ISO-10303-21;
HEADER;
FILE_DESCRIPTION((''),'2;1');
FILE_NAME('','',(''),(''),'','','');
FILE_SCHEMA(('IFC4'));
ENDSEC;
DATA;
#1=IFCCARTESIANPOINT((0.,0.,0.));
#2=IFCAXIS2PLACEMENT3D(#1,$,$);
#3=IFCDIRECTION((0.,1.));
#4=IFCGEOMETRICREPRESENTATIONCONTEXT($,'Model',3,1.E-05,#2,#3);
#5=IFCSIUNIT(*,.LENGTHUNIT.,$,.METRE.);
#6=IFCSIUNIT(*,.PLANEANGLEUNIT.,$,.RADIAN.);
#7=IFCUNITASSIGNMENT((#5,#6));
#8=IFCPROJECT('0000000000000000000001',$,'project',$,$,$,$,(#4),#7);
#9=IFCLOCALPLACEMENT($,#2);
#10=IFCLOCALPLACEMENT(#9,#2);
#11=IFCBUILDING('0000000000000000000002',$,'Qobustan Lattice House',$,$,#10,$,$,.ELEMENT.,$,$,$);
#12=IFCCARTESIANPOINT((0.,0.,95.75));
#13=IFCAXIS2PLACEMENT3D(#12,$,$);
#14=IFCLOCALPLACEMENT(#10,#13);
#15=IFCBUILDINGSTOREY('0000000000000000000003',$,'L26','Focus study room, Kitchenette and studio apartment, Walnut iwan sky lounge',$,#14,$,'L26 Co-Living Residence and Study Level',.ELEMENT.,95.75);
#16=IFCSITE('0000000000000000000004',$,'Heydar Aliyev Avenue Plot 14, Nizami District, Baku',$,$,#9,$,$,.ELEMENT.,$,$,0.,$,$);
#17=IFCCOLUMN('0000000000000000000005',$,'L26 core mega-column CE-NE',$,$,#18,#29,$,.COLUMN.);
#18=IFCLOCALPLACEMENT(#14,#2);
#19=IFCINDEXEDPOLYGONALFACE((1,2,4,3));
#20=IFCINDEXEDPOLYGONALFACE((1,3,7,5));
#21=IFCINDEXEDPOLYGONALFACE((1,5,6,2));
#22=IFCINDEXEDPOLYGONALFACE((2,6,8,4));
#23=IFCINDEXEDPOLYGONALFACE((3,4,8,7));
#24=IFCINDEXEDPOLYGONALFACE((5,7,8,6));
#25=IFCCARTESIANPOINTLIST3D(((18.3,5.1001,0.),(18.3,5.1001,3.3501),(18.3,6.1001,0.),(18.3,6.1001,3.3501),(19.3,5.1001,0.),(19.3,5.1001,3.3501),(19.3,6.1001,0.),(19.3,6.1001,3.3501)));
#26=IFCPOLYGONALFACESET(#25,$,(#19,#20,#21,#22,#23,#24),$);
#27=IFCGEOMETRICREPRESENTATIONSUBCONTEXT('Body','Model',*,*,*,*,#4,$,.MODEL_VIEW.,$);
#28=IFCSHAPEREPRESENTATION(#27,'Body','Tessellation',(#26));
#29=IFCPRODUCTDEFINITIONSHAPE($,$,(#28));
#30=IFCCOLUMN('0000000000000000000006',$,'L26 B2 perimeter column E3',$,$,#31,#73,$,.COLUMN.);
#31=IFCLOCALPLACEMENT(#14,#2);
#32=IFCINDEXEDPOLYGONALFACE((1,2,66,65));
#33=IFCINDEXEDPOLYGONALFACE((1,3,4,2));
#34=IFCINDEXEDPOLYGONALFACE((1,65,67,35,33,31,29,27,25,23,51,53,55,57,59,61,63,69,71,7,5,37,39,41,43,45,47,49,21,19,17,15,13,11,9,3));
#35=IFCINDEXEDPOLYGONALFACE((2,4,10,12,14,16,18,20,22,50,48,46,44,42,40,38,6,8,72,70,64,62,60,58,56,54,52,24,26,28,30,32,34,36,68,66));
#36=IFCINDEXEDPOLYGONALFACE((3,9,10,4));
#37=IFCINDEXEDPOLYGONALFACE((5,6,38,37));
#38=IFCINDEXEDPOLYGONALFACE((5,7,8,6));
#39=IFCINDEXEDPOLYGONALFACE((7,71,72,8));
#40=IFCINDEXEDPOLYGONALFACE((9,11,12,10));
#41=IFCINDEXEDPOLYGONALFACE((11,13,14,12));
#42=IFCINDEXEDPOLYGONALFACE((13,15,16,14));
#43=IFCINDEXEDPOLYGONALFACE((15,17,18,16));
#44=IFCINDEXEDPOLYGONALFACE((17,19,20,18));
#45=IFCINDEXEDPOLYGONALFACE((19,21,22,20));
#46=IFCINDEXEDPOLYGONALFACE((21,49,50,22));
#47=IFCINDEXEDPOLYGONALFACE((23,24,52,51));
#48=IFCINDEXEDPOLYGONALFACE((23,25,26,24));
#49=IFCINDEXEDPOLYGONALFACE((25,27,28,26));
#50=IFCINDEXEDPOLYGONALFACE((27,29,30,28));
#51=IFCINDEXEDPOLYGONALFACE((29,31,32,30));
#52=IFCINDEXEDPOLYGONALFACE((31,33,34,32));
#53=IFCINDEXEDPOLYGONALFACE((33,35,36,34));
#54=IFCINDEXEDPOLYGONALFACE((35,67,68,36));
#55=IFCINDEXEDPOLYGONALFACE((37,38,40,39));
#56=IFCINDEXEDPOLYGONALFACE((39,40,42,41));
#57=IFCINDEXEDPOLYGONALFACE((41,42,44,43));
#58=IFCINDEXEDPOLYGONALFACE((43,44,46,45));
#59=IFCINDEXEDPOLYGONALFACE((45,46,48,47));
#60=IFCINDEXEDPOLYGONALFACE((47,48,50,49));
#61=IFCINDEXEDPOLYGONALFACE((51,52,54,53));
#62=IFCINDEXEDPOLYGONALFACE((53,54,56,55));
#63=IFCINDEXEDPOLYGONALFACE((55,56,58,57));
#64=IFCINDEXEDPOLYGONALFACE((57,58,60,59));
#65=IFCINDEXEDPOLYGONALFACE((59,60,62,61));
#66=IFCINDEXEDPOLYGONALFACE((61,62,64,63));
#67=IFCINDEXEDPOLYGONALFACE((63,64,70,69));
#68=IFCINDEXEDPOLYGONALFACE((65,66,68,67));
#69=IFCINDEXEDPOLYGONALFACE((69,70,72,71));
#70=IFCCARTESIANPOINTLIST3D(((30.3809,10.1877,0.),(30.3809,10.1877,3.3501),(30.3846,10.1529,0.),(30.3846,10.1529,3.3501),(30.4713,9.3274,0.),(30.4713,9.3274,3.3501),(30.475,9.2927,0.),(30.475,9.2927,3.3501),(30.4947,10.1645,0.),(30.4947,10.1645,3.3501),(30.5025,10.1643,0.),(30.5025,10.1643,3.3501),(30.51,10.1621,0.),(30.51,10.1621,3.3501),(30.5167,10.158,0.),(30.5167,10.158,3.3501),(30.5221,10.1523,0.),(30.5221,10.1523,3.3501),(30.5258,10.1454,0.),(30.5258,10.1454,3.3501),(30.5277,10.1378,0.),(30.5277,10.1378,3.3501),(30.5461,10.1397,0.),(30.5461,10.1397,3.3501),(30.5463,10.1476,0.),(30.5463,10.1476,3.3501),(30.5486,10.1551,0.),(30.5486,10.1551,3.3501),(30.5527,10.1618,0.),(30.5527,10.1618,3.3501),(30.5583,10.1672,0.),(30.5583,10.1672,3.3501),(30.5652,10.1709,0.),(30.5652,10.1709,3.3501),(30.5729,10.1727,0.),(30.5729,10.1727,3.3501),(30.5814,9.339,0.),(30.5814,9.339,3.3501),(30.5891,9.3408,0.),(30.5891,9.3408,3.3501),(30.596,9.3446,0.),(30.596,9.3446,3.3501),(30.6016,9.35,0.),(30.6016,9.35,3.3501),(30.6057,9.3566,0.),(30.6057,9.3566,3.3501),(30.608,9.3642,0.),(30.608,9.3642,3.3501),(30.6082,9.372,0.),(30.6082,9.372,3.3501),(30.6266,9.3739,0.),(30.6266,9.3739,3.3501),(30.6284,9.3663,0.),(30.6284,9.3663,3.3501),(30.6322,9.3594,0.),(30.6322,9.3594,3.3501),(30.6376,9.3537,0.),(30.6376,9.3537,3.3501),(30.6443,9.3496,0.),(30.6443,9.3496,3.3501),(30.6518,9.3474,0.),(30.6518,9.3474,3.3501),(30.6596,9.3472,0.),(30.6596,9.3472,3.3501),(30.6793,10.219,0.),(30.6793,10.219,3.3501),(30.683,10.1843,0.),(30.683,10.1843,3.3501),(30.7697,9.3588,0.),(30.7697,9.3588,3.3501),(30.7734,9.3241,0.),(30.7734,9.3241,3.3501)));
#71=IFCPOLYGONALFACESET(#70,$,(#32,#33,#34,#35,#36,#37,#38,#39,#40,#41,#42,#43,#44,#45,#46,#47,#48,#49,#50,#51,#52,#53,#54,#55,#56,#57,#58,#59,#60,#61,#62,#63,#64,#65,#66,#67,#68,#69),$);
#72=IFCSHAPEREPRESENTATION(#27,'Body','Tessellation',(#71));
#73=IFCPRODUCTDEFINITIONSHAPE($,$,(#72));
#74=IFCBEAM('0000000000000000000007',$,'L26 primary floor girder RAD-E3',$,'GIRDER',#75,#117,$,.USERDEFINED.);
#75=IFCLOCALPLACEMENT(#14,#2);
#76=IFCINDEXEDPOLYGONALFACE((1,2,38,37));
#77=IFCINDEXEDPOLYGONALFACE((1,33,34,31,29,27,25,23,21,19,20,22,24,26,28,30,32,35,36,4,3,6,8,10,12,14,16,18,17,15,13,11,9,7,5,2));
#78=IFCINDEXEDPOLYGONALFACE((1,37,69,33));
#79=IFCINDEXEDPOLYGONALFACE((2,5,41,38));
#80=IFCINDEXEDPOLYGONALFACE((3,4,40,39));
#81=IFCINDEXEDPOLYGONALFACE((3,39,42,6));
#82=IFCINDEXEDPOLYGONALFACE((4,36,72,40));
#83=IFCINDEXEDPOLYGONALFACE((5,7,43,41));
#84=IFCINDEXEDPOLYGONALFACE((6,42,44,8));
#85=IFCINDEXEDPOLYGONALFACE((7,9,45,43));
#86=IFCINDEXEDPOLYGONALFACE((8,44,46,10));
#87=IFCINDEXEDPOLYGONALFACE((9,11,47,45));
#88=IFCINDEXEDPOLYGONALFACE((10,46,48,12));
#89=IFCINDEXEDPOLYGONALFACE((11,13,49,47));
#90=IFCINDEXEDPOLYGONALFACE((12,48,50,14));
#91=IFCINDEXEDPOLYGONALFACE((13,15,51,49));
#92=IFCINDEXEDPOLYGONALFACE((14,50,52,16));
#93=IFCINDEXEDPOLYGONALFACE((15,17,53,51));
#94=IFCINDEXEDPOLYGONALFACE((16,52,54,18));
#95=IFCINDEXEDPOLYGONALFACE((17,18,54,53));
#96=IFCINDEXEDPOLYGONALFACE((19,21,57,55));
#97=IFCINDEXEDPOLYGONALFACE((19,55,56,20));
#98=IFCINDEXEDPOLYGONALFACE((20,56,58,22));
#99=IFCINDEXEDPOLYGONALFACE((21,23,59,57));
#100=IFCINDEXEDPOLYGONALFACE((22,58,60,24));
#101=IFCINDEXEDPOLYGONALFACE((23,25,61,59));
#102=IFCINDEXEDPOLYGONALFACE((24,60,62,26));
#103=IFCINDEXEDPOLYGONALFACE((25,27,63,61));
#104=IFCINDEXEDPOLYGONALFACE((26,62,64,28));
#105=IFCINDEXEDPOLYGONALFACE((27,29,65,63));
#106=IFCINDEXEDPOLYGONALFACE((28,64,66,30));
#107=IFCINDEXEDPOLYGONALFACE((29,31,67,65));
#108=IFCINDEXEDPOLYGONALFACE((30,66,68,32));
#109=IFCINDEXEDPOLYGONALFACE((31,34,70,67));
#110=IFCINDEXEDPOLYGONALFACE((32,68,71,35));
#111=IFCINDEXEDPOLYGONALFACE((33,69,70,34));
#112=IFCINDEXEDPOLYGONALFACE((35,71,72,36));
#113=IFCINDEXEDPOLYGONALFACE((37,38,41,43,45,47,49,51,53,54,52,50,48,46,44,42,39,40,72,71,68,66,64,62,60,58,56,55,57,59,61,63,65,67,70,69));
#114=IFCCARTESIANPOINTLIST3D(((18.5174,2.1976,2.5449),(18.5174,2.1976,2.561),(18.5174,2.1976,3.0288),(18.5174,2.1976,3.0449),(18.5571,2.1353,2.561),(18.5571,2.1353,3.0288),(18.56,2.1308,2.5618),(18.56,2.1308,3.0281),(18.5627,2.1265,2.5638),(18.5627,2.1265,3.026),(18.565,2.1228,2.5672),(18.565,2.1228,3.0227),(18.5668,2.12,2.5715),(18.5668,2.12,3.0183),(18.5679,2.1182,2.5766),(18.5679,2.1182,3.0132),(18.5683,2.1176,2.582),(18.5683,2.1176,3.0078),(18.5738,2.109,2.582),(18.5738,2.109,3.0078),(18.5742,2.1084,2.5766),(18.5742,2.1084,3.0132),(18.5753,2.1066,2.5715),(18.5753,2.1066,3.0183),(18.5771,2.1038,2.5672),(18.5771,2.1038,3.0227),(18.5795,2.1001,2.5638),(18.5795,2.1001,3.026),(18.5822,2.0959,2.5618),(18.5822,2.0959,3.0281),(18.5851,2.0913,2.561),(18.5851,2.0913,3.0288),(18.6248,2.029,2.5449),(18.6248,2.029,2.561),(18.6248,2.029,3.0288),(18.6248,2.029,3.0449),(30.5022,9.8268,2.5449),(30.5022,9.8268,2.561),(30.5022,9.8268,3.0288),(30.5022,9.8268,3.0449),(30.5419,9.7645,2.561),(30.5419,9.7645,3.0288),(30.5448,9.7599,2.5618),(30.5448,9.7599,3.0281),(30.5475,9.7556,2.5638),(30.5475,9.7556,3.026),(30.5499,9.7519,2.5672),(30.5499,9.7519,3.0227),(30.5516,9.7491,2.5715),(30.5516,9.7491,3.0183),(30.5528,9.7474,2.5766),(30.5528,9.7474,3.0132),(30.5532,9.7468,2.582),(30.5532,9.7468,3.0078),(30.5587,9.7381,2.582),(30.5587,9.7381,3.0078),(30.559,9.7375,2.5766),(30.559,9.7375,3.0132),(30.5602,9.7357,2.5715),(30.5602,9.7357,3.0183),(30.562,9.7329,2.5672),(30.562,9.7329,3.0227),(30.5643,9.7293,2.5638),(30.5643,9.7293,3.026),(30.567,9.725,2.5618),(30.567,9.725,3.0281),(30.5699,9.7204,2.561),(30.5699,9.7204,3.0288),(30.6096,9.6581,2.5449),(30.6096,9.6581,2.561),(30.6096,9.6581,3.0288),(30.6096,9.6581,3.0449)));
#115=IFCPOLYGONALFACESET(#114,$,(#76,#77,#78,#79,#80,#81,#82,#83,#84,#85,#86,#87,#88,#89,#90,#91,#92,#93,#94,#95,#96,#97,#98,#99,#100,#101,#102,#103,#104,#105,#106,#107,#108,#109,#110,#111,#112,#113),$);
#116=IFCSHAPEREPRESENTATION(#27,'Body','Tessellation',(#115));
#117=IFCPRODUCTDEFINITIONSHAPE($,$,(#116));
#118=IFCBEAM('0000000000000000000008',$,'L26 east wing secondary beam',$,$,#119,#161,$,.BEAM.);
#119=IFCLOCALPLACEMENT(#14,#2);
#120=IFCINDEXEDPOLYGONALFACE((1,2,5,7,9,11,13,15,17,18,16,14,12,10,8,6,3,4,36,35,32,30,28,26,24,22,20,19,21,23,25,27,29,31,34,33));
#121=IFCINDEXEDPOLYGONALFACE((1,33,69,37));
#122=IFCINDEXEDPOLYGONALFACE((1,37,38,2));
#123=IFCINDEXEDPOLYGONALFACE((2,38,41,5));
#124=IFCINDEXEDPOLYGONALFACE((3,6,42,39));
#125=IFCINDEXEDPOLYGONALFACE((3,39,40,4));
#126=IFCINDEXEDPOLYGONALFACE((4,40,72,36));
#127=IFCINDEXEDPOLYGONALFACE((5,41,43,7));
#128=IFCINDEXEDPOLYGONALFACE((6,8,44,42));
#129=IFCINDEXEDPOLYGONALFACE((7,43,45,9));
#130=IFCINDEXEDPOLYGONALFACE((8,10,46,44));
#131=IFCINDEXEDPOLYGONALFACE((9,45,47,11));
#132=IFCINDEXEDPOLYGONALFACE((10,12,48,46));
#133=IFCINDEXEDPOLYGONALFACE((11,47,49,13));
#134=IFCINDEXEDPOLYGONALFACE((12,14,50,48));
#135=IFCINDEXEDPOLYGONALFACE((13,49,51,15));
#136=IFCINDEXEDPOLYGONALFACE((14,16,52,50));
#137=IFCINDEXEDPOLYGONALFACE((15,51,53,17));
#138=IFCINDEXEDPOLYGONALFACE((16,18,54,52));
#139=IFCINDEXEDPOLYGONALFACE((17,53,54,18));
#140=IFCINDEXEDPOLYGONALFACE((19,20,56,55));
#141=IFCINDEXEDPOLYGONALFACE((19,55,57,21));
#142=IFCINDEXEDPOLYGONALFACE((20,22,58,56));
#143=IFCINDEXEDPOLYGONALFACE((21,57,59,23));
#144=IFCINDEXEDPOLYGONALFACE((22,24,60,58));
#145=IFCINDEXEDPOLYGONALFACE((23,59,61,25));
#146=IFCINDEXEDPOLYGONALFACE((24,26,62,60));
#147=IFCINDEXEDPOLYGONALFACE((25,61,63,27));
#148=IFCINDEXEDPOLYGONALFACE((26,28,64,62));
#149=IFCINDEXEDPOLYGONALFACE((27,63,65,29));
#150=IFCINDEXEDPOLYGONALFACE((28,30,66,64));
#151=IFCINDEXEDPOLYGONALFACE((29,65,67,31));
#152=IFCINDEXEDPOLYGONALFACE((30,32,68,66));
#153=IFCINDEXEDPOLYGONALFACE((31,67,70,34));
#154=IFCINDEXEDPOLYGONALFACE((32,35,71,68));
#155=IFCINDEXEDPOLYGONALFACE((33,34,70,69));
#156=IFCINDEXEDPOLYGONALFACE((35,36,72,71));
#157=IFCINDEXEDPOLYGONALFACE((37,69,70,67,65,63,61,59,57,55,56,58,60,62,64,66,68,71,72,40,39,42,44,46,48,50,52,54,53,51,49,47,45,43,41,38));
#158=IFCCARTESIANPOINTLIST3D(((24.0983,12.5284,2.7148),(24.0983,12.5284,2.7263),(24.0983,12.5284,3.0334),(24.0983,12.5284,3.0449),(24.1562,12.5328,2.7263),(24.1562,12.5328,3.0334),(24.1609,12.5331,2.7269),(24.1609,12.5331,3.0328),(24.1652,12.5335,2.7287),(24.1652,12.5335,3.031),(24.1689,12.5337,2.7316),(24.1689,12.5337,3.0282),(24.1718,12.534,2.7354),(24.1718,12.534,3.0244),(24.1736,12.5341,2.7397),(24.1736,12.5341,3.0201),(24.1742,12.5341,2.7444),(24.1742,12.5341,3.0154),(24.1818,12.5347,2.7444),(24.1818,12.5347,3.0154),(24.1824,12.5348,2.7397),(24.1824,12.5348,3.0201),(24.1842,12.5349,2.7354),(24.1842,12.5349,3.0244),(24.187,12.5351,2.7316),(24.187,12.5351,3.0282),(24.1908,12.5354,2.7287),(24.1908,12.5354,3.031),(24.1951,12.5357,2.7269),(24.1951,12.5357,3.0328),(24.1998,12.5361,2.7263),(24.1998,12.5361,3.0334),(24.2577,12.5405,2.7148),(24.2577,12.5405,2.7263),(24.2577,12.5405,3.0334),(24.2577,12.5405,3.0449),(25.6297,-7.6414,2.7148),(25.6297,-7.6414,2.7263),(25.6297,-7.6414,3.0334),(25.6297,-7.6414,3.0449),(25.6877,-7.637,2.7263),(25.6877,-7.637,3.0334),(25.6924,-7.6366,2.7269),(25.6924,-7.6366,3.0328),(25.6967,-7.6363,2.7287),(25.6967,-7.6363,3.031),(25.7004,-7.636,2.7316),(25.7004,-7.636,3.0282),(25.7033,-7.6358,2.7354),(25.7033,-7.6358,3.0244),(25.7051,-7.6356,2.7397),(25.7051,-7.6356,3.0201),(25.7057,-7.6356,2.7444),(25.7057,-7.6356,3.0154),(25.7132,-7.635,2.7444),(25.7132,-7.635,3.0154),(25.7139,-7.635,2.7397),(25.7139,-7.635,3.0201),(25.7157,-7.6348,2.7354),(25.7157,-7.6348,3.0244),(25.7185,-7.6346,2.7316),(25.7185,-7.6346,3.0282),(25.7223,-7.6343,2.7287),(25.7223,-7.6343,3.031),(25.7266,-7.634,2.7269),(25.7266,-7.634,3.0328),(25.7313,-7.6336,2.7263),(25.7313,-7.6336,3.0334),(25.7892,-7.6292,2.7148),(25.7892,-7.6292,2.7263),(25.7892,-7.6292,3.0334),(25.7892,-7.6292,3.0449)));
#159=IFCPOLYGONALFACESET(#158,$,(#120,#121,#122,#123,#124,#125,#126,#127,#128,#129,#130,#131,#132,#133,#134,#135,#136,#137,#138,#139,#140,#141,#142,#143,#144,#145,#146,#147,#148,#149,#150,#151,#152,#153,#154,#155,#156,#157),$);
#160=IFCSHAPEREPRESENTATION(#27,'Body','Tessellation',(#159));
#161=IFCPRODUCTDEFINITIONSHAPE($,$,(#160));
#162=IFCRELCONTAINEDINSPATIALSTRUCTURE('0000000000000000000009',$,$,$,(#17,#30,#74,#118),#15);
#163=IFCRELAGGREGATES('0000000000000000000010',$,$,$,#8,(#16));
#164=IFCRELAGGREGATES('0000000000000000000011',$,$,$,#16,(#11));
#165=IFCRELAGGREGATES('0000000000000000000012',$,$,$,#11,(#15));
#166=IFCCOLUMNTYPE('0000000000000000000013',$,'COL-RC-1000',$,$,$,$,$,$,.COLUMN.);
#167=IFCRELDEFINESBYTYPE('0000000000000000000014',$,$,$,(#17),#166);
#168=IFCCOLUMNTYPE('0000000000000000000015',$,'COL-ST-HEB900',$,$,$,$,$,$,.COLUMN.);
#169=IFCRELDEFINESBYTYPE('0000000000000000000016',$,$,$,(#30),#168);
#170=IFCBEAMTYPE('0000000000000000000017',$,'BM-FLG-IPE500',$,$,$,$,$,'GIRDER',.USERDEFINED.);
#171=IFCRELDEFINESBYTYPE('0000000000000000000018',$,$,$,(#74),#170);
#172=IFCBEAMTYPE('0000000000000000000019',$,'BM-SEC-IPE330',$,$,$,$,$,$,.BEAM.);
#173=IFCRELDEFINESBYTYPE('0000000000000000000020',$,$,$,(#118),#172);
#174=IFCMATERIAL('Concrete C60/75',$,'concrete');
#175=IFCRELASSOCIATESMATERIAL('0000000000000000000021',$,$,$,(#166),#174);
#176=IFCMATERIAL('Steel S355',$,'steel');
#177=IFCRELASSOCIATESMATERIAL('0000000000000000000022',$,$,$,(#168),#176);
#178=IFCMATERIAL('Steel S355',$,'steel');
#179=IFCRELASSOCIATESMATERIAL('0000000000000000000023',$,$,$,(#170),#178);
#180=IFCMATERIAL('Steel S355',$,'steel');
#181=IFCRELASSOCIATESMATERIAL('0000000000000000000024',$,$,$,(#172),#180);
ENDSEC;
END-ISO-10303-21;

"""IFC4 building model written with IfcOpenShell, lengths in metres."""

from ifc_helpers import new_model, si_unit, direction, frame, origin, origin_2d, place, context, subcontext, project, spatial, rectangle, i_section, extrude, material, material_profile, profile_set, type_object, element, save


model = new_model("IFC4")

# Units and contexts
model_context = context("Model", 3, precision=1e-05, world=origin(), true_north=direction((0.0, 1.0)))
body_context = subcontext(model_context, "Body", "Model", "MODEL_VIEW")
ifc_project = project(units=[si_unit("LENGTHUNIT", "METRE"), si_unit("PLANEANGLEUNIT", "RADIAN")], contexts=[model_context])

# Site, building, storey
site_placement = place(None, origin())
site = spatial("IfcSite", under=ifc_project, at=site_placement, Name="Heydar Aliyev Avenue Plot 14, Nizami District, Baku", CompositionType="ELEMENT", RefElevation=0.0)
building_placement = place(site_placement, origin())
building = spatial("IfcBuilding", under=site, at=building_placement, Name="Qobustan Lattice House", CompositionType="ELEMENT")
storey_placement = place(building_placement, frame((0.0, 0.0, 95.75)))
storey = spatial("IfcBuildingStorey", under=building, at=storey_placement, Name="L26", Description="Focus study room, Kitchenette and studio apartment, Walnut iwan sky lounge", LongName="L26 Co-Living Residence and Study Level", CompositionType="ELEMENT", Elevation=95.75)

# Columns
ifc_material_1 = material(Name="Concrete C60/75", Category="concrete")
ifc_material_profile_1 = material_profile(ifc_material_1, rectangle(XDim=1.0, YDim=1.0, at=origin_2d()), Name="RC1000x1000")
ifc_profile_set_1 = profile_set([ifc_material_profile_1], Name="Concrete C60/75")
column_type_1 = type_object("IfcColumnType", Name="COL-RC-1000", PredefinedType="COLUMN", material=ifc_profile_set_1)
column_1_placement = place(storey_placement, frame((18.8, 5.6001, 0.0), z_axis=(0.0, 0.0, 1.0), x_axis=(1.0, 0.0, 0.0)))
element("IfcColumn", 1, at=column_1_placement, inside=storey, type_object=column_type_1, Name="L26 core mega-column CE-NE", PredefinedType="COLUMN", context=body_context, shape_type="SweptSolid", body=[
    extrude(rectangle(XDim=1.0, YDim=1.0, at=origin_2d()), origin(), (0.0, 0.0, 1.0), 3.3501),
])
ifc_material_2 = material(Name="Steel S355", Category="steel")
ifc_material_profile_2 = material_profile(ifc_material_2, i_section(OverallWidth=0.3, OverallDepth=0.8999, WebThickness=0.0186, FlangeThickness=0.0349, FilletRadius=0.03, at=origin_2d()), Name="HEB900")
ifc_profile_set_2 = profile_set([ifc_material_profile_2], Name="Steel S355")
column_type_2 = type_object("IfcColumnType", Name="COL-ST-HEB900", PredefinedType="COLUMN", material=ifc_profile_set_2)
column_2_placement = place(storey_placement, frame((30.5771, 9.7559, 0.0), z_axis=(0.0, 0.0, 1.0), x_axis=(0.994522, 0.104528, 0.0)))
element("IfcColumn", 2, at=column_2_placement, inside=storey, type_object=column_type_2, Name="L26 B2 perimeter column E3", PredefinedType="COLUMN", context=body_context, shape_type="SweptSolid", body=[
    extrude(i_section(OverallWidth=0.3, OverallDepth=0.8999, WebThickness=0.0186, FlangeThickness=0.0349, FilletRadius=0.03, at=origin_2d()), origin(), (0.0, 0.0, 1.0), 3.3501),
])

# Beams
ifc_material_3 = material(Name="Steel S355", Category="steel")
ifc_material_profile_3 = material_profile(ifc_material_3, i_section(OverallWidth=0.2, OverallDepth=0.5, WebThickness=0.0103, FlangeThickness=0.0161, FilletRadius=0.021, at=origin_2d()), Name="IPE500")
ifc_profile_set_3 = profile_set([ifc_material_profile_3], Name="Steel S355")
beam_type_1 = type_object("IfcBeamType", Name="BM-FLG-IPE500", ElementType="GIRDER", PredefinedType="USERDEFINED", material=ifc_profile_set_3)
beam_1_placement = place(storey_placement, frame((30.5559, 9.7424, 2.7949), z_axis=(-0.843584, -0.536997, 0.0), x_axis=(0.536997, -0.843584, 0.0)))
element("IfcBeam", 3, at=beam_1_placement, inside=storey, type_object=beam_type_1, Name="L26 primary floor girder RAD-E3", ObjectType="GIRDER", PredefinedType="USERDEFINED", context=body_context, shape_type="SweptSolid", body=[
    extrude(i_section(OverallWidth=0.2, OverallDepth=0.5, WebThickness=0.0103, FlangeThickness=0.0161, FilletRadius=0.021, at=origin_2d()), origin(), (0.0, 0.0, 1.0), 14.207),
])
ifc_material_4 = material(Name="Steel S355", Category="steel")
ifc_material_profile_4 = material_profile(ifc_material_4, i_section(OverallWidth=0.1599, OverallDepth=0.3301, WebThickness=0.0076, FlangeThickness=0.0115, FilletRadius=0.0181, at=origin_2d()), Name="IPE330")
ifc_profile_set_4 = profile_set([ifc_material_profile_4], Name="Steel S355")
beam_type_2 = type_object("IfcBeamType", Name="BM-SEC-IPE330", PredefinedType="BEAM", material=ifc_profile_set_4)
beam_2_placement = place(storey_placement, frame((24.178, 12.5344, 2.8799), z_axis=(0.075713, -0.99713, 0.0), x_axis=(0.99713, 0.075713, 0.0)))
element("IfcBeam", 4, at=beam_2_placement, inside=storey, type_object=beam_type_2, Name="L26 east wing secondary beam", PredefinedType="BEAM", context=body_context, shape_type="SweptSolid", body=[
    extrude(i_section(OverallWidth=0.1599, OverallDepth=0.3301, WebThickness=0.0076, FlangeThickness=0.0115, FilletRadius=0.0181, at=origin_2d()), origin(), (0.0, 0.0, 1.0), 20.2278),
])

save(model, "model.ifc")
